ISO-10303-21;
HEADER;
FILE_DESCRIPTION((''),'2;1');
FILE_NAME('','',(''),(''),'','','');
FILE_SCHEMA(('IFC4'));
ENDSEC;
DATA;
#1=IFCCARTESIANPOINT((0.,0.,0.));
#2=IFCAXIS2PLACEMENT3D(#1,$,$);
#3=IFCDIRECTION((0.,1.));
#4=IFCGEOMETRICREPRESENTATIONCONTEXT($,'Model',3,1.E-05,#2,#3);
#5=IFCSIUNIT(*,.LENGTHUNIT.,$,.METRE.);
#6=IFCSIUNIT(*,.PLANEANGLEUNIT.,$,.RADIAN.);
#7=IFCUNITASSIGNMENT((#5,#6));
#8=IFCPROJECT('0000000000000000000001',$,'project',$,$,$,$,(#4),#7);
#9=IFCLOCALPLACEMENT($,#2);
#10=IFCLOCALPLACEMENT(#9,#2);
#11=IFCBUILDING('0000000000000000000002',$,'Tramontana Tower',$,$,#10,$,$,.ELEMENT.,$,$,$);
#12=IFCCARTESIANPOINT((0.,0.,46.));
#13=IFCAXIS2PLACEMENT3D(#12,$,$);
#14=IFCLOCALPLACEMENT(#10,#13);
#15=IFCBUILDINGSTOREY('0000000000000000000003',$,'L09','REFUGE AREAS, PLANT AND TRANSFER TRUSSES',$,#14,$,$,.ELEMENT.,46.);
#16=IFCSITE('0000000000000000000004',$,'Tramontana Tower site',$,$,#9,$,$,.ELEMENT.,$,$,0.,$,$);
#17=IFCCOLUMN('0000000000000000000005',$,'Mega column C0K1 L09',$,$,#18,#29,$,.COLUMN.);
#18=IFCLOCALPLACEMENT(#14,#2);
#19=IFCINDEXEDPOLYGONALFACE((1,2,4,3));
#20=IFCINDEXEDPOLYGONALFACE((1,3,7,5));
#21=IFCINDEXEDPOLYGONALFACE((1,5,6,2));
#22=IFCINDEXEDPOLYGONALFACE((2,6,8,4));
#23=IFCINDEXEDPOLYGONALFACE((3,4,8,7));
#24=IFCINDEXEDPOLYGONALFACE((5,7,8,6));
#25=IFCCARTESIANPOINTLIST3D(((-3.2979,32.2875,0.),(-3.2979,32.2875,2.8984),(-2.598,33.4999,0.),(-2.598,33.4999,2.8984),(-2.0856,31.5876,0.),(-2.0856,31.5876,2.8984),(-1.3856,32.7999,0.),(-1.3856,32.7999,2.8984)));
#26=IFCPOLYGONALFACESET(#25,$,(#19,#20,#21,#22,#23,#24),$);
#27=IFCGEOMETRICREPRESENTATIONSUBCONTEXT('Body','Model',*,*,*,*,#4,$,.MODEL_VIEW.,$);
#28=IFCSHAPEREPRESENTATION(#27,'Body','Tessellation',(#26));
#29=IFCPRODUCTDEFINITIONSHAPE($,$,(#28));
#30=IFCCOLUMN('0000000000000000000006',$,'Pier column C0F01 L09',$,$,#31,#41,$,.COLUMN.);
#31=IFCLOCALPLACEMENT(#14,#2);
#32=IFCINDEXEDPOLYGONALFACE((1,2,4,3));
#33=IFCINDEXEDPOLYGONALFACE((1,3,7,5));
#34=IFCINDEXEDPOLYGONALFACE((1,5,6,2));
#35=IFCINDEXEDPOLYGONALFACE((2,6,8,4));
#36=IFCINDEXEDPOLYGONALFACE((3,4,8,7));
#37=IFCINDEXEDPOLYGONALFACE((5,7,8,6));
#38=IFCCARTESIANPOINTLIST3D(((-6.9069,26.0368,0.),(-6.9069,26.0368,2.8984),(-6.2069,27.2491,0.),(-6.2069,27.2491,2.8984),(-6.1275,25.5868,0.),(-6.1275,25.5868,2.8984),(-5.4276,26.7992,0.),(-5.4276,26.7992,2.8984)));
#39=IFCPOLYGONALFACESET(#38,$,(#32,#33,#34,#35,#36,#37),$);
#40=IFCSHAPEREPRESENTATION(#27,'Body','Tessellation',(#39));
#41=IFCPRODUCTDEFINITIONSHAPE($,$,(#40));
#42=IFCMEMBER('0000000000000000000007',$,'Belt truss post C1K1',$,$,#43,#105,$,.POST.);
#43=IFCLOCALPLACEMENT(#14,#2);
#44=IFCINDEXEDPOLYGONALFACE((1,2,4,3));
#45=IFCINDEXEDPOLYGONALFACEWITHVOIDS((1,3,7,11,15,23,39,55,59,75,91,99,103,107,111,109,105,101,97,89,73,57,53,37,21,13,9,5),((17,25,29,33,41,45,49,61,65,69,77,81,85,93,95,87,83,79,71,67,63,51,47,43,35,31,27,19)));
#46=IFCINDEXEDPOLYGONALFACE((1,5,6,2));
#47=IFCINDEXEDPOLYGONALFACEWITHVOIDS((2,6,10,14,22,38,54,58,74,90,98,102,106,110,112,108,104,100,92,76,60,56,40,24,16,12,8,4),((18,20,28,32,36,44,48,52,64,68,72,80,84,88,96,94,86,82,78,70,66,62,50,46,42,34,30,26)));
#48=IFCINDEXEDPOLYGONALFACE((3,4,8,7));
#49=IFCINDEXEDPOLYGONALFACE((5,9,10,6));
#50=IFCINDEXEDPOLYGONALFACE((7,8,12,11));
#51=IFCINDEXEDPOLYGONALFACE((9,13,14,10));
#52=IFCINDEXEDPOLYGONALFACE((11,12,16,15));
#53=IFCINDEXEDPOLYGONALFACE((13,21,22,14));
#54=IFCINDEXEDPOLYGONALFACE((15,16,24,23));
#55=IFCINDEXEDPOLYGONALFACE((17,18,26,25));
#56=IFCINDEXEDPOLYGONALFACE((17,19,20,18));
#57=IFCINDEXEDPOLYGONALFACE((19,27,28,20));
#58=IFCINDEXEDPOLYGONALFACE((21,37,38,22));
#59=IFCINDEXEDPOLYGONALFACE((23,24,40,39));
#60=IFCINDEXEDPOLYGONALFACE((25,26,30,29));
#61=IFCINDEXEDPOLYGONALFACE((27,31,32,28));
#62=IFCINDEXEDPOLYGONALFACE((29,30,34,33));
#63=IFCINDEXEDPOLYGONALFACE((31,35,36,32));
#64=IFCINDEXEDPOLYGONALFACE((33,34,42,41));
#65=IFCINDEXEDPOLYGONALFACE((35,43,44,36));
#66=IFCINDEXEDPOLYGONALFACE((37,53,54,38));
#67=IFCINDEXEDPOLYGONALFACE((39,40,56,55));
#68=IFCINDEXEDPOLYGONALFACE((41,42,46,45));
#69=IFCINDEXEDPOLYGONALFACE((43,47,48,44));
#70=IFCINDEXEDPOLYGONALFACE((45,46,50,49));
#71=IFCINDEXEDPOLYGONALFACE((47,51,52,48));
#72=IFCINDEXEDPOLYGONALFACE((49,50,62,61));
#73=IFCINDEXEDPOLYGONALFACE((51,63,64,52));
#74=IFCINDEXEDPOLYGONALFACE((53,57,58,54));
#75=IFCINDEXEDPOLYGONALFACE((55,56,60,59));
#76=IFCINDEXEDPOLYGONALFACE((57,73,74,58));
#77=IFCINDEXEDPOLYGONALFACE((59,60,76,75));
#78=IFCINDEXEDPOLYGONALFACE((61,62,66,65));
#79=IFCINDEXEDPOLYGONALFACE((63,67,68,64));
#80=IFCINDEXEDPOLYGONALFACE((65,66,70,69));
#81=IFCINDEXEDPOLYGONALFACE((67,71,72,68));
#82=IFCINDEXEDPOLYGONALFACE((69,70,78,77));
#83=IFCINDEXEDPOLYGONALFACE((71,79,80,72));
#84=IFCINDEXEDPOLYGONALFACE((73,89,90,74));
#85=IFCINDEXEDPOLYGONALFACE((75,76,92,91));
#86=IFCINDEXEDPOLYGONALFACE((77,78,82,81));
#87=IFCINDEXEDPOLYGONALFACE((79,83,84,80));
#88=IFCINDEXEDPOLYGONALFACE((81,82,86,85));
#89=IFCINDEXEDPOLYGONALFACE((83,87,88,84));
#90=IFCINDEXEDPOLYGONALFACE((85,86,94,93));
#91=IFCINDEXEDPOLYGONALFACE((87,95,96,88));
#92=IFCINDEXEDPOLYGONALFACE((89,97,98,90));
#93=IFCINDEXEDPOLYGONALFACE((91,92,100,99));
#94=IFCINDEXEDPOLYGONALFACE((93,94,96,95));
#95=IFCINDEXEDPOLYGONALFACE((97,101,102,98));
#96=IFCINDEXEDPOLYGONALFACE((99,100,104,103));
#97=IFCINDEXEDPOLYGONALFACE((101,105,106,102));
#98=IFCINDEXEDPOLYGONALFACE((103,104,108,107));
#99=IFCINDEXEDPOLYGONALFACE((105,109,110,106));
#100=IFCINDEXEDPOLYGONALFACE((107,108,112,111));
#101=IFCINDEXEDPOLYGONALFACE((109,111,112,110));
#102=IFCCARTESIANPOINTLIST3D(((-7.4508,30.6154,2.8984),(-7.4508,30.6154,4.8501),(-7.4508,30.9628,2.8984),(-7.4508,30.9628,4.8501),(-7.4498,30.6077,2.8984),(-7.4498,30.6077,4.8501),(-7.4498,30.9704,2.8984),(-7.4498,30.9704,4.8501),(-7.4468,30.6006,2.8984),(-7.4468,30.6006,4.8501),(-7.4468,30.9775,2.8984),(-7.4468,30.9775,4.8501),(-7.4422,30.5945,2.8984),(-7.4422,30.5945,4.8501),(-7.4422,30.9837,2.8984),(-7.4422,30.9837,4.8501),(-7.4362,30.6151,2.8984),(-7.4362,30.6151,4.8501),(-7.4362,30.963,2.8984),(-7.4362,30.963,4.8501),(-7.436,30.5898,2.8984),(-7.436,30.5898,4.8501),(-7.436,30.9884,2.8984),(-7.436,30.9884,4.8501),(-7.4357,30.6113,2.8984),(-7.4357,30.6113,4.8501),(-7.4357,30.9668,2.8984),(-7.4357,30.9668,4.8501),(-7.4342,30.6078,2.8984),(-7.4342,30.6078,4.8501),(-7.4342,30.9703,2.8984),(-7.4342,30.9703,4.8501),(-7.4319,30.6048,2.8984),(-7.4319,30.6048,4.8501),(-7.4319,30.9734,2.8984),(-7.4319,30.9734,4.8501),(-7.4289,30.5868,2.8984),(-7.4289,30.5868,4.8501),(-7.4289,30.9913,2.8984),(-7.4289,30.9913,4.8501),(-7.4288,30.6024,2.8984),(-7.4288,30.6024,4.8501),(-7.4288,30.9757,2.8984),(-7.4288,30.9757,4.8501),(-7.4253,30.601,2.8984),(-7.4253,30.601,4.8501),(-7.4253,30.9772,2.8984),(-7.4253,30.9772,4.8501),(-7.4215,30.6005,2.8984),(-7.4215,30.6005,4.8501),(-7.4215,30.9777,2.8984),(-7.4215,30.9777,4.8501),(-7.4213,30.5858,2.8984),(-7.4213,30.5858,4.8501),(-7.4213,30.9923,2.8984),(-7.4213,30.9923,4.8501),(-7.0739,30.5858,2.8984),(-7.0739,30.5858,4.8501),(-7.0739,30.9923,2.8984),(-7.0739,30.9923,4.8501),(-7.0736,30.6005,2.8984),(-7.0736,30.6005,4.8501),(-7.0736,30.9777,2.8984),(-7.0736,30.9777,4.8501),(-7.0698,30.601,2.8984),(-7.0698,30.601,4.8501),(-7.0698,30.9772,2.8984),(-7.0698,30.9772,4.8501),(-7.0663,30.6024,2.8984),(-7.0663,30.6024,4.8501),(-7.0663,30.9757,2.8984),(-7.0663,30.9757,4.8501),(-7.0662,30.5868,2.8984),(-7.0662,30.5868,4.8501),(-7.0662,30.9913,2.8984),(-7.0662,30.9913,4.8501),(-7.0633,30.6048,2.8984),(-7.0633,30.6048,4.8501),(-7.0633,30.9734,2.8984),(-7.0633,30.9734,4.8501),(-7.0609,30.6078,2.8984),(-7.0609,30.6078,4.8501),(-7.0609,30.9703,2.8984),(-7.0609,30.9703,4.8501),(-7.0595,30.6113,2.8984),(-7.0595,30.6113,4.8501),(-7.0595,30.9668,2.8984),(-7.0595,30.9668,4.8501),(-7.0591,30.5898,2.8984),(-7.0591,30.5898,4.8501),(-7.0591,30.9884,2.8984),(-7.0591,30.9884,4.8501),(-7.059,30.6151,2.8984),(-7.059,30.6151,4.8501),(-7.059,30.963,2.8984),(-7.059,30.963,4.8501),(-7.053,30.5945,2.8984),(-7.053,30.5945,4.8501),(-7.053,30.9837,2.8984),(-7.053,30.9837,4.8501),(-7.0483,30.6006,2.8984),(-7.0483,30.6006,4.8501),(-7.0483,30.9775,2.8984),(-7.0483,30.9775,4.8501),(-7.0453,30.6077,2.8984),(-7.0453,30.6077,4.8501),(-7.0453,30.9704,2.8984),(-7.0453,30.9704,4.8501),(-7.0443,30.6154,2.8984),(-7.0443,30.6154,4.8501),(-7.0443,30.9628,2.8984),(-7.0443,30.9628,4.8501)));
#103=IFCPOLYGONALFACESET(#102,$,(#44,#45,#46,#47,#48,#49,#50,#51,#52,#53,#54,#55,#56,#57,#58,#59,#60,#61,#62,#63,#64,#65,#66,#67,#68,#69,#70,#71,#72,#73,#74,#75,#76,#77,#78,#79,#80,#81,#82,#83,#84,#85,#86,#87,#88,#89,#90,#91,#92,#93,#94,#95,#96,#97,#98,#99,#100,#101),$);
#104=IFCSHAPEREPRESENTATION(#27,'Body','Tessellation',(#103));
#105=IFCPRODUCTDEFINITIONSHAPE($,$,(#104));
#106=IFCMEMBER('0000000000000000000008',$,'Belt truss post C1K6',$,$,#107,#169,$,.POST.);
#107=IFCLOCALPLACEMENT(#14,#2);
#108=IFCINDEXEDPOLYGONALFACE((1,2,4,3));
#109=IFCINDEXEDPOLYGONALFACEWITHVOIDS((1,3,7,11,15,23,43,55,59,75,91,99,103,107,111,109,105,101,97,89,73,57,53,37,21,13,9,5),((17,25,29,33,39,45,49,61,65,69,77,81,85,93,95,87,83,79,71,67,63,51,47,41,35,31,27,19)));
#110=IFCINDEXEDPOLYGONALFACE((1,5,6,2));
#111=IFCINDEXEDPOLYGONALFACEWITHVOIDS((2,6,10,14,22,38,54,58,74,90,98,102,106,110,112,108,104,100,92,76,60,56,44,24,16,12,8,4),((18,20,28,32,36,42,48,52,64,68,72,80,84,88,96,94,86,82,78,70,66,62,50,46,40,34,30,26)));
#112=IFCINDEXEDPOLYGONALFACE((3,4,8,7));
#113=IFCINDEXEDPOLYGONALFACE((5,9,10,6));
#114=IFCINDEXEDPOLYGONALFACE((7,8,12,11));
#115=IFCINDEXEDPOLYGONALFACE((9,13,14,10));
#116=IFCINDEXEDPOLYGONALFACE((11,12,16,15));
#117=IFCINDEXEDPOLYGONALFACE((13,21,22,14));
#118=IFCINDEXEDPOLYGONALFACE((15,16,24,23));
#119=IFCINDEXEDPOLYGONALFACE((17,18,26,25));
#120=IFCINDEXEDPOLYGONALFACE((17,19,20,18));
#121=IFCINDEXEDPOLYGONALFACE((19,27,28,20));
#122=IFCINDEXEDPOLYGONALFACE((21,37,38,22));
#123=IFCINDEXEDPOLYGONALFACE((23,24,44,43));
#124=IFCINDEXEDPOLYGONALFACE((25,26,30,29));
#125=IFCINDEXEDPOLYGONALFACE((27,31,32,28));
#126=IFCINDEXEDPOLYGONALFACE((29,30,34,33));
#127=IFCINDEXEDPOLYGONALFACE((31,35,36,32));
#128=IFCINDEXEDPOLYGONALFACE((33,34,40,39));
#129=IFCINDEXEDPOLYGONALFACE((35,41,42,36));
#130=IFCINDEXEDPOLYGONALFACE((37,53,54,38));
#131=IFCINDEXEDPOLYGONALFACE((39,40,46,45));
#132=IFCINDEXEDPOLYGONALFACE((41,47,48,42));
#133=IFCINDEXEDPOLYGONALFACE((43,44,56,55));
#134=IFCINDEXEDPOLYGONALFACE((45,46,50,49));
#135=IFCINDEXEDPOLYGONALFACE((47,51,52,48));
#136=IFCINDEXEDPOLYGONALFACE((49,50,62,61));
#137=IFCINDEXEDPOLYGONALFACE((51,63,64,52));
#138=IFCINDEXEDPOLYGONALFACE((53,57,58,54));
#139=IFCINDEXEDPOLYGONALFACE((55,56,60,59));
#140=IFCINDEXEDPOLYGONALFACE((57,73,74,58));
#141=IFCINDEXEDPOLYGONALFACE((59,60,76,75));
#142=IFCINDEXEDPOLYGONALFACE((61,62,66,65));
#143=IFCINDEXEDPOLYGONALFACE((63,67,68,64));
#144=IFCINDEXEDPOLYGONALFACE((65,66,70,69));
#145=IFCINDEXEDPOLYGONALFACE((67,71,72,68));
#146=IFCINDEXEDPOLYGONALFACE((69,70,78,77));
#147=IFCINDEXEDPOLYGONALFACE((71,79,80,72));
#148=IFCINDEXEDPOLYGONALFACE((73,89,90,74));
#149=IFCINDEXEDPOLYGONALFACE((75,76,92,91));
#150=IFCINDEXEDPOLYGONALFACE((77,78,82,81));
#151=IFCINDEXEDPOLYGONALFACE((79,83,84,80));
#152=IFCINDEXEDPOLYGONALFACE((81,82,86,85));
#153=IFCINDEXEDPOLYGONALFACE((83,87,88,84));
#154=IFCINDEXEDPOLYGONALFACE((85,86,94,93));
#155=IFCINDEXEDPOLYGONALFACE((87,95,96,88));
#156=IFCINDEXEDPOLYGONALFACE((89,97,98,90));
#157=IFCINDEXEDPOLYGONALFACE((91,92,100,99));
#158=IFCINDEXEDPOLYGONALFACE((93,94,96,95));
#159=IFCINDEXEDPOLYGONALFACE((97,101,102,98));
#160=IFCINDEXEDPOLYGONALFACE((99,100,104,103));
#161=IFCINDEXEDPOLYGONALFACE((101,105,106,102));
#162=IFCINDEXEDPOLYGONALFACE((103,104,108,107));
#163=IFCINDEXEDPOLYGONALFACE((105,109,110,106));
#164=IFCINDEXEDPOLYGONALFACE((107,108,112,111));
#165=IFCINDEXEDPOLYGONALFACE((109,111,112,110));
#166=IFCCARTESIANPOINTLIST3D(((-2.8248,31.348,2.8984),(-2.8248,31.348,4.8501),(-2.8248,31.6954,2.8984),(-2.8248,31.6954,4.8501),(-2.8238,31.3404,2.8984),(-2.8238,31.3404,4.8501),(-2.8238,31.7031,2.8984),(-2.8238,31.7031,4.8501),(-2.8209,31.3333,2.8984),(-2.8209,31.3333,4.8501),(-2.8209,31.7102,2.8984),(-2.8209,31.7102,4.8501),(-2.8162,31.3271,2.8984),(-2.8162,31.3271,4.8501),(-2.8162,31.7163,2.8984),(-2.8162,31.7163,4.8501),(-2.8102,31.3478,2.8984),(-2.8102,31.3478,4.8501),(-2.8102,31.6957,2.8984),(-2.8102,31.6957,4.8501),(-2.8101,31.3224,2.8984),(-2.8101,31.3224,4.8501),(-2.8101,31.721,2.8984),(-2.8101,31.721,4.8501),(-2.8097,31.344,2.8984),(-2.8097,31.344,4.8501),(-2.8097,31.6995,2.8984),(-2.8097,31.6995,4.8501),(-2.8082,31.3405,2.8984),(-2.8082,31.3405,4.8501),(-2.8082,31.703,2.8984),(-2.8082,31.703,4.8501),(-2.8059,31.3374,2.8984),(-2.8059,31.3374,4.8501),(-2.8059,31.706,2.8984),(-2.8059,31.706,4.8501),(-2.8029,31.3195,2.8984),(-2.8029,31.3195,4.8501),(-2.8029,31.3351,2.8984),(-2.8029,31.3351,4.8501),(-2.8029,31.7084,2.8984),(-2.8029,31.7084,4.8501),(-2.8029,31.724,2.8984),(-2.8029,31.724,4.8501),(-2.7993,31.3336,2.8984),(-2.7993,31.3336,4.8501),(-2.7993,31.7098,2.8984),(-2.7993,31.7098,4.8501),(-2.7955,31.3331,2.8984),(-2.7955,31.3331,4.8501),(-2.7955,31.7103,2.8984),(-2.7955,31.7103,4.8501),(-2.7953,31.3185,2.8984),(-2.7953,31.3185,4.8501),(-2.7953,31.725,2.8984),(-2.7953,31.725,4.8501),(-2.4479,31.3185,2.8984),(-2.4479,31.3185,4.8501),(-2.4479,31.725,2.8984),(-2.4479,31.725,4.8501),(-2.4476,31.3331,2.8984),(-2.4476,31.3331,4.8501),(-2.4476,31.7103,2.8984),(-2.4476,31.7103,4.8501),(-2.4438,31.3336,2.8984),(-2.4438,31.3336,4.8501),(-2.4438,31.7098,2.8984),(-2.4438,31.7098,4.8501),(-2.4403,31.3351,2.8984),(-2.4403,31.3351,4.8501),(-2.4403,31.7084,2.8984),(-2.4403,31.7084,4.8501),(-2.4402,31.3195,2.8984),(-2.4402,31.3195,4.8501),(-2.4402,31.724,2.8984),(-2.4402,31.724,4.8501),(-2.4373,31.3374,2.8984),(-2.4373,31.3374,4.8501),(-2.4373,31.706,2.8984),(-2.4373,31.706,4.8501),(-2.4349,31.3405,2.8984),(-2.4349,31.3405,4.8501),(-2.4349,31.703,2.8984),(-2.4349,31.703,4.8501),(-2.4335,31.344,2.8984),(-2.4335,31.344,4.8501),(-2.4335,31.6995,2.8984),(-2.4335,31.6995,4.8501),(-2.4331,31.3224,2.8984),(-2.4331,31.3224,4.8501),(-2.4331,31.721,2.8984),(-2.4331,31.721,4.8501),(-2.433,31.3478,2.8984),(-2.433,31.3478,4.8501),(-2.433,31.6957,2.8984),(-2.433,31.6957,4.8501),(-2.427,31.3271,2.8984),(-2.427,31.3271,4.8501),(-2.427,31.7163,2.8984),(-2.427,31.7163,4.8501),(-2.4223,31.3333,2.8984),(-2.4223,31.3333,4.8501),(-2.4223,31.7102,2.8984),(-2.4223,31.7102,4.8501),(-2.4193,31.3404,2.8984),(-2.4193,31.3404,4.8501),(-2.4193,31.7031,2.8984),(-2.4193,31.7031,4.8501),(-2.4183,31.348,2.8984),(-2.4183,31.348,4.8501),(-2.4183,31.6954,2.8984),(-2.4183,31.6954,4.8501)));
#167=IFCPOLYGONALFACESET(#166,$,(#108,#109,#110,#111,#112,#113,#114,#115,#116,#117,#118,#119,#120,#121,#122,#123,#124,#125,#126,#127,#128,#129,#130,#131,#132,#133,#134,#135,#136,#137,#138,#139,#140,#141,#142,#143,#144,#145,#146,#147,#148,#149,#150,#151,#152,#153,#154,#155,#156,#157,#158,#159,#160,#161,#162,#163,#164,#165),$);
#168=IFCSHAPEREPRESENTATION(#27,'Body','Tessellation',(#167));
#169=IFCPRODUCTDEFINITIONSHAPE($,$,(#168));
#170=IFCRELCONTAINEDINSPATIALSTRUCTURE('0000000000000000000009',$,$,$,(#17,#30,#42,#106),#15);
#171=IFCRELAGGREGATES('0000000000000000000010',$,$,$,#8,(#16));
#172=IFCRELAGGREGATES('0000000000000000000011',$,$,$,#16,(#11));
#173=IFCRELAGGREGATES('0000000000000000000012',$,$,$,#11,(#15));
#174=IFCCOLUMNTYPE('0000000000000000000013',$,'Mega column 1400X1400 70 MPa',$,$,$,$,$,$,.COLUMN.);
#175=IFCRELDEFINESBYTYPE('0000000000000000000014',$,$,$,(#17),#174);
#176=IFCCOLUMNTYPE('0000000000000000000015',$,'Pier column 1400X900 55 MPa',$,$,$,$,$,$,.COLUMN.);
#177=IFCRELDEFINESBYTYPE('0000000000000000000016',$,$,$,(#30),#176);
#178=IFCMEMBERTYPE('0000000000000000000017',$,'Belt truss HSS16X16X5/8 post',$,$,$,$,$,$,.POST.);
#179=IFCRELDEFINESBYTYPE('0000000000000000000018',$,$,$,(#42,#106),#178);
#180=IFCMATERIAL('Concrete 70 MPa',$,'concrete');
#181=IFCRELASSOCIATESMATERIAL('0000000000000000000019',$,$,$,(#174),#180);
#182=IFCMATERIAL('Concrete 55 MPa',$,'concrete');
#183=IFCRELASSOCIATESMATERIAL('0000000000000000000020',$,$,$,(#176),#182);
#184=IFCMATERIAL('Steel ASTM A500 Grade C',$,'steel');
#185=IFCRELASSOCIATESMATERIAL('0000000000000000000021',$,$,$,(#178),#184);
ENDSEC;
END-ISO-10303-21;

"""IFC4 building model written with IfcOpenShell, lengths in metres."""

from ifc_helpers import new_model, si_unit, direction, frame, origin, origin_2d, place, context, subcontext, project, spatial, rectangle, hollow_rectangle, extrude, material, material_profile, profile_set, type_object, element, save


model = new_model("IFC4")

# Units and contexts
model_context = context("Model", 3, precision=1e-05, world=origin(), true_north=direction((0.0, 1.0)))
body_context = subcontext(model_context, "Body", "Model", "MODEL_VIEW")
ifc_project = project(units=[si_unit("LENGTHUNIT", "METRE"), si_unit("PLANEANGLEUNIT", "RADIAN")], contexts=[model_context])

# Site, building, storey
site_placement = place(None, origin())
site = spatial("IfcSite", under=ifc_project, at=site_placement, Name="Tramontana Tower site", CompositionType="ELEMENT", RefElevation=0.0)
building_placement = place(site_placement, origin())
building = spatial("IfcBuilding", under=site, at=building_placement, Name="Tramontana Tower", CompositionType="ELEMENT")
storey_placement = place(building_placement, frame((0.0, 0.0, 46.0)))
storey = spatial("IfcBuildingStorey", under=building, at=storey_placement, Name="L09", Description="REFUGE AREAS, PLANT AND TRANSFER TRUSSES", CompositionType="ELEMENT", Elevation=46.0)

# Columns
ifc_material_1 = material(Name="Concrete 70 MPa", Category="concrete")
ifc_material_profile_1 = material_profile(ifc_material_1, rectangle(XDim=1.3999, YDim=1.3999, at=origin_2d()), Name="Mega column 1400X1400 70 MPa")
ifc_profile_set_1 = profile_set([ifc_material_profile_1], Name="Concrete 70 MPa")
column_type_1 = type_object("IfcColumnType", Name="Mega column 1400X1400 70 MPa", PredefinedType="COLUMN", material=ifc_profile_set_1)
column_1_placement = place(storey_placement, frame((-2.3418, 32.5437, 0.0), z_axis=(0.0, 0.0, 1.0), x_axis=(-0.5, -0.866025, 0.0)))
element("IfcColumn", 1, at=column_1_placement, inside=storey, type_object=column_type_1, Name="Mega column C0K1 L09", PredefinedType="COLUMN", context=body_context, shape_type="SweptSolid", body=[
    extrude(rectangle(XDim=1.3999, YDim=1.3999, at=origin_2d()), origin(), (0.0, 0.0, 1.0), 2.8984),
])
ifc_material_2 = material(Name="Concrete 55 MPa", Category="concrete")
ifc_material_profile_2 = material_profile(ifc_material_2, rectangle(XDim=1.3999, YDim=0.8999, at=origin_2d()), Name="Pier column 1400X900 55 MPa")
ifc_profile_set_2 = profile_set([ifc_material_profile_2], Name="Concrete 55 MPa")
column_type_2 = type_object("IfcColumnType", Name="Pier column 1400X900 55 MPa", PredefinedType="COLUMN", material=ifc_profile_set_2)
column_2_placement = place(storey_placement, frame((-6.1672, 26.418, 0.0), z_axis=(0.0, 0.0, 1.0), x_axis=(-0.5, -0.866025, 0.0)))
element("IfcColumn", 2, at=column_2_placement, inside=storey, type_object=column_type_2, Name="Pier column C0F01 L09", PredefinedType="COLUMN", context=body_context, shape_type="SweptSolid", body=[
    extrude(rectangle(XDim=1.3999, YDim=0.8999, at=origin_2d()), origin(), (0.0, 0.0, 1.0), 2.8984),
])

# Members
ifc_material_3 = material(Name="Steel ASTM A500 Grade C", Category="steel")
ifc_material_profile_3 = material_profile(ifc_material_3, hollow_rectangle(XDim=0.4065, YDim=0.4065, WallThickness=0.0146, InnerFilletRadius=0.0146, OuterFilletRadius=0.0295, at=origin_2d()), Name="HSS16X16X5/8")
ifc_profile_set_3 = profile_set([ifc_material_profile_3], Name="Steel ASTM A500 Grade C")
member_type_1 = type_object("IfcMemberType", Name="Belt truss HSS16X16X5/8 post", PredefinedType="POST", material=ifc_profile_set_3)
for number, where, z_axis, x_axis, name in (
    (3, (-7.2476, 30.7891, 2.8984), (0.0, 0.0, 1.0), (1.0, 0.0, 0.0), "Belt truss post C1K1"),
    (4, (-2.6216, 31.5217, 2.8984), (0.0, 0.0, 1.0), (1.0, 0.0, 0.0), "Belt truss post C1K6"),
):
    element("IfcMember", number, at=place(storey_placement, frame(where, z_axis=z_axis, x_axis=x_axis)), inside=storey, type_object=member_type_1, Name=name, PredefinedType="POST", context=body_context, shape_type="SweptSolid", body=[
        extrude(hollow_rectangle(XDim=0.4065, YDim=0.4065, WallThickness=0.0146, InnerFilletRadius=0.0146, OuterFilletRadius=0.0295, at=origin_2d()), origin(), (0.0, 0.0, 1.0), 1.9517),
    ])

save(model, "model.ifc")
